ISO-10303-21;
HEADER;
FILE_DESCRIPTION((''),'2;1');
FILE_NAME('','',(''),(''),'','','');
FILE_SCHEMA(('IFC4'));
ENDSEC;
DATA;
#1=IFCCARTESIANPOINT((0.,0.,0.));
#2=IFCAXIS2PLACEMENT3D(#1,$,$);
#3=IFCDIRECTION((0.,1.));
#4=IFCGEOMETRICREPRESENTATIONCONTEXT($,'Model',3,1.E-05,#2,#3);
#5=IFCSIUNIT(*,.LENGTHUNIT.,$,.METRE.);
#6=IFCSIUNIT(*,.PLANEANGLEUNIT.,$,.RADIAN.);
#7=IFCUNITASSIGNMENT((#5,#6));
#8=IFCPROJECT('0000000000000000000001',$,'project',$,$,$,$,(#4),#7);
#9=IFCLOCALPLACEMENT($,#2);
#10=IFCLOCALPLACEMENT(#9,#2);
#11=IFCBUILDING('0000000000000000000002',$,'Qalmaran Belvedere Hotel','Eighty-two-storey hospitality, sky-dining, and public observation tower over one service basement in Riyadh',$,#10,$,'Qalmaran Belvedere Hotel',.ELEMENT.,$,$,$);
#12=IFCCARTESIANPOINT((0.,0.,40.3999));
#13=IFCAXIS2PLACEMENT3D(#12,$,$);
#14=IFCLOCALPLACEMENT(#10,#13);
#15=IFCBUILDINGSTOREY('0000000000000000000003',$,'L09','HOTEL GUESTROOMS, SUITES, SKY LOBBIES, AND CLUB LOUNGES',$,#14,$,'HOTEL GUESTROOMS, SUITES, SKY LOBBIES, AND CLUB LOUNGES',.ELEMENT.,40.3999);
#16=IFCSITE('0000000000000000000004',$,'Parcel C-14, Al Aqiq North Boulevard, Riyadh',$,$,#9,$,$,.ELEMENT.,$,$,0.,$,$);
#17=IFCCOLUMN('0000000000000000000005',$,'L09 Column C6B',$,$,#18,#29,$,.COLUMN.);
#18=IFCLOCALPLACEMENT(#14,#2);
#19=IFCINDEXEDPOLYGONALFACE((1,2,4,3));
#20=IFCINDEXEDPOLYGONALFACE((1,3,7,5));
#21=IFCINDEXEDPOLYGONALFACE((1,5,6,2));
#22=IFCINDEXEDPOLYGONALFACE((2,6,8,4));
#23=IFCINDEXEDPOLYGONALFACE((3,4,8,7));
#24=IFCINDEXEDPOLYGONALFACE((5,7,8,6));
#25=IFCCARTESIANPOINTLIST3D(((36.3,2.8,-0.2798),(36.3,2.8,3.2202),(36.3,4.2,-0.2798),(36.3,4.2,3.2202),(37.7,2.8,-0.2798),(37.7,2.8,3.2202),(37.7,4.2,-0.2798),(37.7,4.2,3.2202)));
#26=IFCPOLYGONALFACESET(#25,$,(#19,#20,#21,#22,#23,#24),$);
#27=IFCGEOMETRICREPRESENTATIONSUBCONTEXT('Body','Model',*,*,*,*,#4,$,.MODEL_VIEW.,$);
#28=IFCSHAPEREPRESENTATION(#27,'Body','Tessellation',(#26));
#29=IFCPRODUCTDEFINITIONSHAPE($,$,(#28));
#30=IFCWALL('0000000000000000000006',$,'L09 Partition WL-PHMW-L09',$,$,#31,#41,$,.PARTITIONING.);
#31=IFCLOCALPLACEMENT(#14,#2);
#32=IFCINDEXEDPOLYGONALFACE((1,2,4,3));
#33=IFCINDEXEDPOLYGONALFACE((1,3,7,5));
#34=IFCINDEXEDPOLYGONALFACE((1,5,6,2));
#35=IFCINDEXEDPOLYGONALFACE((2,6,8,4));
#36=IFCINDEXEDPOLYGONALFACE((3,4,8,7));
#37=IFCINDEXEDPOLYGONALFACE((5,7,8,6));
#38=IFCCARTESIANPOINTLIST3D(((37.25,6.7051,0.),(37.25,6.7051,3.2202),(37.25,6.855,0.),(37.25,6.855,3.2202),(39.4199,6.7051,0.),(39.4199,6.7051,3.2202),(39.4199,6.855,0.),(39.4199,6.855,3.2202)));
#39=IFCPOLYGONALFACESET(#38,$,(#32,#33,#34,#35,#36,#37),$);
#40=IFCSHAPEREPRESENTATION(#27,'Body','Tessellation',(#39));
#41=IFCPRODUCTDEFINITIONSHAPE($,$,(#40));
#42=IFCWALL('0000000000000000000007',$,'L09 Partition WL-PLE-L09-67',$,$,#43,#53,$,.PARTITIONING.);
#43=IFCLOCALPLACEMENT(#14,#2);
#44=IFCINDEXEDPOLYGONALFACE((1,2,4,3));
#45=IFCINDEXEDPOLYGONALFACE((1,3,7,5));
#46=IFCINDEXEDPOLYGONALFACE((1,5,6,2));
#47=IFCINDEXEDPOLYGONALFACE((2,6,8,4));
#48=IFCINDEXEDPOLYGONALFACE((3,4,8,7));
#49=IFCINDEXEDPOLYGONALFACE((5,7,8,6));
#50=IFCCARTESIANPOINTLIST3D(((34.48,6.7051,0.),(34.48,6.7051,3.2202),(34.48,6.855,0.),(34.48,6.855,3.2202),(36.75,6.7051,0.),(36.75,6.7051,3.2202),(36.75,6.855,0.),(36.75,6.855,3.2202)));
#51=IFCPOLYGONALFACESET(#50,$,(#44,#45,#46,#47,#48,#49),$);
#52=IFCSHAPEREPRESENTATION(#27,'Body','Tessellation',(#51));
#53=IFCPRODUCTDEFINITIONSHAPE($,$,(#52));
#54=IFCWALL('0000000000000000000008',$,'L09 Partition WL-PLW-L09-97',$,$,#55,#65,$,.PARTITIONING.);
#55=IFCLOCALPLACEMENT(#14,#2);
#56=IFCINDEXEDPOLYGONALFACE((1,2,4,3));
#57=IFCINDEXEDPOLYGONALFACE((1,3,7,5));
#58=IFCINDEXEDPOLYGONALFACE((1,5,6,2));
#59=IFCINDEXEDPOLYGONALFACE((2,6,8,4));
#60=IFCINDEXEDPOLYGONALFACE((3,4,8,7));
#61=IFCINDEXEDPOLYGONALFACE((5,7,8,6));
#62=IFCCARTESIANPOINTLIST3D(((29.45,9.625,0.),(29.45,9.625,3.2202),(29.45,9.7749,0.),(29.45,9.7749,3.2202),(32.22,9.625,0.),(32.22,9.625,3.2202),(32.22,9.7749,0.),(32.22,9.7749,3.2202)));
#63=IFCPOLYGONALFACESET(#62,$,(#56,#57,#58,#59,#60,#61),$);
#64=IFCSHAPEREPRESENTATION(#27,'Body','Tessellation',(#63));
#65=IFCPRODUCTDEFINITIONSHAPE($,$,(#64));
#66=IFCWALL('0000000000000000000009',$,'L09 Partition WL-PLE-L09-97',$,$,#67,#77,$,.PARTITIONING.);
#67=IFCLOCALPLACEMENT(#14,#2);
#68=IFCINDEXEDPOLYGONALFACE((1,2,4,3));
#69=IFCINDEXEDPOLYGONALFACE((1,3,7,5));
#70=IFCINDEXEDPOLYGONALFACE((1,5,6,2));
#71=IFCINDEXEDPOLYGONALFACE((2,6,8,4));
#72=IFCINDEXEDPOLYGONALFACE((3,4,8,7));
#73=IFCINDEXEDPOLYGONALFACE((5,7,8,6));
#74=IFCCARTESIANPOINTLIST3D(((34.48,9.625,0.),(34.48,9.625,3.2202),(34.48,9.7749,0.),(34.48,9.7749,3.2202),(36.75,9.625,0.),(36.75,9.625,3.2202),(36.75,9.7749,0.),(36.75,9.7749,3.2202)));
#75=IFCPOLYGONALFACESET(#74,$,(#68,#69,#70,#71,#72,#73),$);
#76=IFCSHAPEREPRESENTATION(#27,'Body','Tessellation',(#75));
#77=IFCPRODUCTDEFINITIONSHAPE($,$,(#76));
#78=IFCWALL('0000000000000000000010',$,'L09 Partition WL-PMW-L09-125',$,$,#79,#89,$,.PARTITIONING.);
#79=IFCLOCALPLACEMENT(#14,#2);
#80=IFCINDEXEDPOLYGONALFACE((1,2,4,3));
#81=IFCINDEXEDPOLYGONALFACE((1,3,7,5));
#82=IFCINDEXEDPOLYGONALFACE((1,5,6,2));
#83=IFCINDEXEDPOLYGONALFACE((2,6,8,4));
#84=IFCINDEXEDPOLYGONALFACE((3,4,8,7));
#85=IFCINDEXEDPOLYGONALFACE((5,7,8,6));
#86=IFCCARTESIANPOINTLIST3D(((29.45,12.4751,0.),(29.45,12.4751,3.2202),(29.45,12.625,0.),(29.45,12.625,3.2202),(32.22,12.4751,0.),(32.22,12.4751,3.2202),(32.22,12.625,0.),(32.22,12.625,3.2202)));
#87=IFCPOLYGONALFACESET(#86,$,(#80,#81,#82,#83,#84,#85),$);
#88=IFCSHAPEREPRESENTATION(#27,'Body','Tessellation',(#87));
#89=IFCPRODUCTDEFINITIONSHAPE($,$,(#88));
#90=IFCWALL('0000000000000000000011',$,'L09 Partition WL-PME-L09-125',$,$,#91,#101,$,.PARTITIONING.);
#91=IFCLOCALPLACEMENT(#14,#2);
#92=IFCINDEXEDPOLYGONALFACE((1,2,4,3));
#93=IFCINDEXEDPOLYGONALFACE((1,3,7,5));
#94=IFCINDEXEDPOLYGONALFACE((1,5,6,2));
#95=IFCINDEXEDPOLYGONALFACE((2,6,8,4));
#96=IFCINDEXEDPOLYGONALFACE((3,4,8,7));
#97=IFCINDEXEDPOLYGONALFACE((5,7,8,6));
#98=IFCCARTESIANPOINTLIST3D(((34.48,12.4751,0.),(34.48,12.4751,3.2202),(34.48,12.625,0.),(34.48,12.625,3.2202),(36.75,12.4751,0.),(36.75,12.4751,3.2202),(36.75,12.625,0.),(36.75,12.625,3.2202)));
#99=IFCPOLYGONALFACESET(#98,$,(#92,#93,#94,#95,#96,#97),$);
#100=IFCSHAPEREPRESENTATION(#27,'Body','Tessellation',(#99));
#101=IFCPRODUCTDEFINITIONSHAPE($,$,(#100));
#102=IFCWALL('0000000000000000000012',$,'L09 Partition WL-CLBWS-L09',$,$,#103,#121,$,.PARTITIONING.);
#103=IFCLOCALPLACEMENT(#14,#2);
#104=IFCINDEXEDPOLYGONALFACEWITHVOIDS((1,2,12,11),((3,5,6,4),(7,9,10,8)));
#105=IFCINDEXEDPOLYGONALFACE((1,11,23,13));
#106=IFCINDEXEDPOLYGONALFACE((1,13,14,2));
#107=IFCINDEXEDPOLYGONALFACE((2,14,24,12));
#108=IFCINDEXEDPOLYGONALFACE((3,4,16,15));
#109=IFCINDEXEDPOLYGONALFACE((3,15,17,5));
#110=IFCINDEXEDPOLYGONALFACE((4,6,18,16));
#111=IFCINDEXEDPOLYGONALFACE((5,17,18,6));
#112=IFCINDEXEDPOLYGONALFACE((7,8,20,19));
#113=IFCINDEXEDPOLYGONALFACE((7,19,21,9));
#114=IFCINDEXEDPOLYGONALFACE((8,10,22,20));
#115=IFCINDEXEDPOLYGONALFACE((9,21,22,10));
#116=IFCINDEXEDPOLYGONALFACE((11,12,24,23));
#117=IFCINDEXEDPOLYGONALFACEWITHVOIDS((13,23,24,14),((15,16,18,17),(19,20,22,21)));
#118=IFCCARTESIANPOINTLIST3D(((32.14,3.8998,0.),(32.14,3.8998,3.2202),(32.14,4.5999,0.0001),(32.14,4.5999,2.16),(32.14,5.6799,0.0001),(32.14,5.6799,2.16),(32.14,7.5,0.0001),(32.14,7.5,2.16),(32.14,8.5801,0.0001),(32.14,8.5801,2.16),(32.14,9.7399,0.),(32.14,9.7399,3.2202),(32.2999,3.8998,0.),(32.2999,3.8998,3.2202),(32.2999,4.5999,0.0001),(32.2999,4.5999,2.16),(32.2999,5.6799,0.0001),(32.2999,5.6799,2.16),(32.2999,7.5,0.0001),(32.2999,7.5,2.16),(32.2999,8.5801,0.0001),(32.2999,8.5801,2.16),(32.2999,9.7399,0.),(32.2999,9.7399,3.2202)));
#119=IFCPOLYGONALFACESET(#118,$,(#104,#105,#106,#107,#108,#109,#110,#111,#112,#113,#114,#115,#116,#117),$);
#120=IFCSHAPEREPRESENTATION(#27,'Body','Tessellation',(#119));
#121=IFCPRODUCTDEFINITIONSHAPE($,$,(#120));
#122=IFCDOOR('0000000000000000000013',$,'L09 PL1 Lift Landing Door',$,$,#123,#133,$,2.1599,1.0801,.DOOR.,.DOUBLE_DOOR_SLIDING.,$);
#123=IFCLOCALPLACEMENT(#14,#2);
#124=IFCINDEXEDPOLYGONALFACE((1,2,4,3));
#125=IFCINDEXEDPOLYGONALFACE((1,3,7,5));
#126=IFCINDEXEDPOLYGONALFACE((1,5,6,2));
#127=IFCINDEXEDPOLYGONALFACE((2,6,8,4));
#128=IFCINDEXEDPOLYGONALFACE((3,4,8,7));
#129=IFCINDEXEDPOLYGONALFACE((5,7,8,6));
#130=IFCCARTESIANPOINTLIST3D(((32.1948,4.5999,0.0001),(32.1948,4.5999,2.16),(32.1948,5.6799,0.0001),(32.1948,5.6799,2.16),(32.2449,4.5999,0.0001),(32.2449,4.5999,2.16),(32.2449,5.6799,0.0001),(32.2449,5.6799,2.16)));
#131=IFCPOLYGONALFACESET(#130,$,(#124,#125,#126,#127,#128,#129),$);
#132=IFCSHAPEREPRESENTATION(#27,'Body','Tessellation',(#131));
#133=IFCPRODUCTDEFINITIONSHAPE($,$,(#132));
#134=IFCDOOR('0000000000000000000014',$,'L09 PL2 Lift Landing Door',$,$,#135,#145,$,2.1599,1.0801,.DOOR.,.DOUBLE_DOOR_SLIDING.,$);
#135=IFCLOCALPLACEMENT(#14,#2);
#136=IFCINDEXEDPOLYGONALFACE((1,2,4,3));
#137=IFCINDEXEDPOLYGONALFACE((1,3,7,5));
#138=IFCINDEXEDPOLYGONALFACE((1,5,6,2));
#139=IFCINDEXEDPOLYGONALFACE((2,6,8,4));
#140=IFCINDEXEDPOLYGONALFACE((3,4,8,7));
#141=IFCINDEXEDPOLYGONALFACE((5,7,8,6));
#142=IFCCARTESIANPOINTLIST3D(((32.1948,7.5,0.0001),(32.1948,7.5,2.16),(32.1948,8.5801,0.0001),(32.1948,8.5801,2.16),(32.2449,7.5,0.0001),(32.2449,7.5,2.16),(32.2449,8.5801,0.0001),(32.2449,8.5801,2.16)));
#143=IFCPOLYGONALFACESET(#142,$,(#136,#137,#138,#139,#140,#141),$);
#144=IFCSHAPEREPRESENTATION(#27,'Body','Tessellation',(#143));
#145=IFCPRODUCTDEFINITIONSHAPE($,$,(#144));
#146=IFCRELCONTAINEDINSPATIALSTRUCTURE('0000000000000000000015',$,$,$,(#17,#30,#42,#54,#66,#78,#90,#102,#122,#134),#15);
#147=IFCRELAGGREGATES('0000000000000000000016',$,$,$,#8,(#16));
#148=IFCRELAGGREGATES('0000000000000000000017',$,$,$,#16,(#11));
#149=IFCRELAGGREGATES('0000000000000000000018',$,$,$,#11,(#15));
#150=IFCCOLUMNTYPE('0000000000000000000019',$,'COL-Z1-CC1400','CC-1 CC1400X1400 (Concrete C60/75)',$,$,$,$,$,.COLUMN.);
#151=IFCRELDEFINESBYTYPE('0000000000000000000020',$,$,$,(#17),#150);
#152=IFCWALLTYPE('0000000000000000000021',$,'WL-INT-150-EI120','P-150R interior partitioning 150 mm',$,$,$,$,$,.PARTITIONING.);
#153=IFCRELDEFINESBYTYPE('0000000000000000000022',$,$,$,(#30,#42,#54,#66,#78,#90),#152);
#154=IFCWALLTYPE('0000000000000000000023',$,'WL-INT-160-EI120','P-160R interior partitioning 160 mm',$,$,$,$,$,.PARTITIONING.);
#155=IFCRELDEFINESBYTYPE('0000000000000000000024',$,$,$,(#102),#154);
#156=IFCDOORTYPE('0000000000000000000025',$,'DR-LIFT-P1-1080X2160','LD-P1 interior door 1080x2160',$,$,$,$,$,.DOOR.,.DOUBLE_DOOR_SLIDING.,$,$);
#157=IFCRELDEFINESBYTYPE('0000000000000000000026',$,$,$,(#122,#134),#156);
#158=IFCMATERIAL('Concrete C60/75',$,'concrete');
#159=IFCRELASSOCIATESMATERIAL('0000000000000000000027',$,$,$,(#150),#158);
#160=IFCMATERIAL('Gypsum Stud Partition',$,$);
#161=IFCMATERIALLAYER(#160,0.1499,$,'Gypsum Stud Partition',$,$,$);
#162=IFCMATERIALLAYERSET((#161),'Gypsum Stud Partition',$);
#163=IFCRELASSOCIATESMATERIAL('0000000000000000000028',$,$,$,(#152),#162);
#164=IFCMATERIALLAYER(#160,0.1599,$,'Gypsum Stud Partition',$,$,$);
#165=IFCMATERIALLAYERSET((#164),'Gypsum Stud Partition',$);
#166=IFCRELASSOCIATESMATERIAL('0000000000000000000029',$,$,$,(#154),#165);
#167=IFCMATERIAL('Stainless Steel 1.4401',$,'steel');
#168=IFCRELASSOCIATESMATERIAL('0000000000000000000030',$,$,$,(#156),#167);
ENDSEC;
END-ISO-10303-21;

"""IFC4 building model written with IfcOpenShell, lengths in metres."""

from ifc_helpers import new_model, si_unit, direction, frame, frame_2d, origin, origin_2d, place, context, subcontext, project, spatial, rectangle, extrude, material, layer, layer_set, material_profile, profile_set, type_object, element, fill, save


model = new_model("IFC4")

# Units and contexts
model_context = context("Model", 3, precision=1e-05, world=origin(), true_north=direction((0.0, 1.0)))
body_context = subcontext(model_context, "Body", "Model", "MODEL_VIEW")
ifc_project = project(units=[si_unit("LENGTHUNIT", "METRE"), si_unit("PLANEANGLEUNIT", "RADIAN")], contexts=[model_context])

# Site, building, storey
site_placement = place(None, origin())
site = spatial("IfcSite", under=ifc_project, at=site_placement, Name="Parcel C-14, Al Aqiq North Boulevard, Riyadh", CompositionType="ELEMENT", RefElevation=0.0)
building_placement = place(site_placement, origin())
building = spatial("IfcBuilding", under=site, at=building_placement, Name="Qalmaran Belvedere Hotel", Description="Eighty-two-storey hospitality, sky-dining, and public observation tower over one service basement in Riyadh", LongName="Qalmaran Belvedere Hotel", CompositionType="ELEMENT")
storey_placement = place(building_placement, frame((0.0, 0.0, 40.3999)))
storey = spatial("IfcBuildingStorey", under=building, at=storey_placement, Name="L09", Description="HOTEL GUESTROOMS, SUITES, SKY LOBBIES, AND CLUB LOUNGES", LongName="HOTEL GUESTROOMS, SUITES, SKY LOBBIES, AND CLUB LOUNGES", CompositionType="ELEMENT", Elevation=40.3999)

# Column
ifc_material_1 = material(Name="Concrete C60/75", Category="concrete")
ifc_material_profile = material_profile(ifc_material_1, rectangle(XDim=1.3999, YDim=1.3999, at=origin_2d()), Name="CC1400X1400")
ifc_profile_set = profile_set([ifc_material_profile], Name="Concrete C60/75")
column_type = type_object("IfcColumnType", Name="COL-Z1-CC1400", Description="CC-1 CC1400X1400 (Concrete C60/75)", PredefinedType="COLUMN", material=ifc_profile_set)
column_placement = place(storey_placement, frame((37.0, 3.5, -0.2798), z_axis=(0.0, 0.0, 1.0), x_axis=(1.0, 0.0, 0.0)))
element("IfcColumn", 1, at=column_placement, inside=storey, type_object=column_type, Name="L09 Column C6B", PredefinedType="COLUMN", context=body_context, shape_type="SweptSolid", body=[
    extrude(rectangle(XDim=1.3999, YDim=1.3999, at=origin_2d()), origin(), (0.0, 0.0, 1.0), 3.5),
])

# Walls
ifc_material_2 = material(Name="Gypsum Stud Partition")
ifc_layer_1 = layer(ifc_material_2, 0.1499, Name="Gypsum Stud Partition")
ifc_layer_set_1 = layer_set([ifc_layer_1], Name="Gypsum Stud Partition")
wall_type_1 = type_object("IfcWallType", Name="WL-INT-150-EI120", Description="P-150R interior partitioning 150 mm", PredefinedType="PARTITIONING", material=ifc_layer_set_1)
wall_1_placement = place(storey_placement, frame((37.25, 6.78, 0.0), z_axis=(0.0, 0.0, 1.0), x_axis=(1.0, 0.0, 0.0)))
element("IfcWall", 2, at=wall_1_placement, inside=storey, type_object=wall_type_1, Name="L09 Partition WL-PHMW-L09", PredefinedType="PARTITIONING", context=body_context, shape_type="SweptSolid", body=[
    extrude(rectangle(XDim=2.1699, YDim=0.1499, at=frame_2d((1.085, 0.0))), origin(), (0.0, 0.0, 1.0), 3.2202),
])
wall_2_placement = place(storey_placement, frame((34.48, 6.78, 0.0), z_axis=(0.0, 0.0, 1.0), x_axis=(1.0, 0.0, 0.0)))
element("IfcWall", 3, at=wall_2_placement, inside=storey, type_object=wall_type_1, Name="L09 Partition WL-PLE-L09-67", PredefinedType="PARTITIONING", context=body_context, shape_type="SweptSolid", body=[
    extrude(rectangle(XDim=2.27, YDim=0.1499, at=frame_2d((1.135, 0.0))), origin(), (0.0, 0.0, 1.0), 3.2202),
])
wall_3_placement = place(storey_placement, frame((29.45, 9.7, 0.0), z_axis=(0.0, 0.0, 1.0), x_axis=(1.0, 0.0, 0.0)))
element("IfcWall", 4, at=wall_3_placement, inside=storey, type_object=wall_type_1, Name="L09 Partition WL-PLW-L09-97", PredefinedType="PARTITIONING", context=body_context, shape_type="SweptSolid", body=[
    extrude(rectangle(XDim=2.77, YDim=0.1499, at=frame_2d((1.385, 0.0))), origin(), (0.0, 0.0, 1.0), 3.2202),
])
wall_4_placement = place(storey_placement, frame((34.48, 9.7, 0.0), z_axis=(0.0, 0.0, 1.0), x_axis=(1.0, 0.0, 0.0)))
element("IfcWall", 5, at=wall_4_placement, inside=storey, type_object=wall_type_1, Name="L09 Partition WL-PLE-L09-97", PredefinedType="PARTITIONING", context=body_context, shape_type="SweptSolid", body=[
    extrude(rectangle(XDim=2.27, YDim=0.1499, at=frame_2d((1.135, 0.0))), origin(), (0.0, 0.0, 1.0), 3.2202),
])
wall_5_placement = place(storey_placement, frame((29.45, 12.55, 0.0), z_axis=(0.0, 0.0, 1.0), x_axis=(1.0, 0.0, 0.0)))
element("IfcWall", 6, at=wall_5_placement, inside=storey, type_object=wall_type_1, Name="L09 Partition WL-PMW-L09-125", PredefinedType="PARTITIONING", context=body_context, shape_type="SweptSolid", body=[
    extrude(rectangle(XDim=2.77, YDim=0.1499, at=frame_2d((1.385, 0.0))), origin(), (0.0, 0.0, 1.0), 3.2202),
])
wall_6_placement = place(storey_placement, frame((34.48, 12.55, 0.0), z_axis=(0.0, 0.0, 1.0), x_axis=(1.0, 0.0, 0.0)))
element("IfcWall", 7, at=wall_6_placement, inside=storey, type_object=wall_type_1, Name="L09 Partition WL-PME-L09-125", PredefinedType="PARTITIONING", context=body_context, shape_type="SweptSolid", body=[
    extrude(rectangle(XDim=2.27, YDim=0.1499, at=frame_2d((1.135, 0.0))), origin(), (0.0, 0.0, 1.0), 3.2202),
])

# Wall, openings, doors
ifc_layer_2 = layer(ifc_material_2, 0.1599, Name="Gypsum Stud Partition")
ifc_layer_set_2 = layer_set([ifc_layer_2], Name="Gypsum Stud Partition")
wall_type_2 = type_object("IfcWallType", Name="WL-INT-160-EI120", Description="P-160R interior partitioning 160 mm", PredefinedType="PARTITIONING", material=ifc_layer_set_2)
wall_7_placement = place(storey_placement, frame((32.22, 3.8999, 0.0), z_axis=(0.0, 0.0, 1.0), x_axis=(0.0, 1.0, 0.0)))
wall_7 = element("IfcWall", 8, at=wall_7_placement, inside=storey, type_object=wall_type_2, Name="L09 Partition WL-CLBWS-L09", PredefinedType="PARTITIONING", context=body_context, shape_type="SweptSolid", body=[
    extrude(rectangle(XDim=5.8401, YDim=0.1599, at=frame_2d((2.9199, 0.0))), origin(), (0.0, 0.0, 1.0), 3.2202),
])
opening_1_placement = place(wall_7_placement, frame((1.78, 0.0, 0.0), z_axis=(0.0, 0.0, 1.0), x_axis=(-1.0, 0.0, 0.0)))
opening_1 = element("IfcOpeningElement", 9, at=opening_1_placement, cuts=wall_7, PredefinedType="OPENING", context=body_context, shape_type="SweptSolid", body=[
    extrude(rectangle(XDim=1.0801, YDim=2.1599, at=frame_2d((0.54, 1.0801))), frame((0.0, 0.0898, 0.0), z_axis=(0.0, -1.0, 0.0), x_axis=(1.0, 0.0, 0.0)), (0.0, 0.0, 1.0), 0.1799),
])
opening_2_placement = place(wall_7_placement, frame((4.6802, 0.0, 0.0), z_axis=(0.0, 0.0, 1.0), x_axis=(-1.0, 0.0, 0.0)))
opening_2 = element("IfcOpeningElement", 10, at=opening_2_placement, cuts=wall_7, PredefinedType="OPENING", context=body_context, shape_type="SweptSolid", body=[
    extrude(rectangle(XDim=1.0801, YDim=2.1599, at=frame_2d((0.54, 1.0801))), frame((0.0, 0.0898, 0.0), z_axis=(0.0, -1.0, 0.0), x_axis=(1.0, 0.0, 0.0)), (0.0, 0.0, 1.0), 0.1799),
])
ifc_material_3 = material(Name="Stainless Steel 1.4401", Category="steel")
door_type_1 = type_object("IfcDoorType", Name="DR-LIFT-P1-1080X2160", Description="LD-P1 interior door 1080x2160", OperationType="DOUBLE_DOOR_SLIDING", PredefinedType="DOOR", material=ifc_material_3)
door_1_placement = place(opening_1_placement, origin())
door_1 = element("IfcDoor", 11, at=door_1_placement, inside=storey, type_object=door_type_1, Name="L09 PL1 Lift Landing Door", OperationType="DOUBLE_DOOR_SLIDING", OverallHeight=2.1599, OverallWidth=1.0801, PredefinedType="DOOR", context=body_context, shape_type="SweptSolid", body=[
    extrude(rectangle(XDim=1.0801, YDim=2.1599, at=frame_2d((0.54, 1.0801))), frame((0.0, 0.0249, 0.0), z_axis=(0.0, -1.0, 0.0), x_axis=(1.0, 0.0, 0.0)), (0.0, 0.0, 1.0), 0.05),
])
fill(opening_1, door_1)
door_2_placement = place(opening_2_placement, origin())
door_2 = element("IfcDoor", 12, at=door_2_placement, inside=storey, type_object=door_type_1, Name="L09 PL2 Lift Landing Door", OperationType="DOUBLE_DOOR_SLIDING", OverallHeight=2.1599, OverallWidth=1.0801, PredefinedType="DOOR", context=body_context, shape_type="SweptSolid", body=[
    extrude(rectangle(XDim=1.0801, YDim=2.1599, at=frame_2d((0.54, 1.0801))), frame((0.0, 0.0249, 0.0), z_axis=(0.0, -1.0, 0.0), x_axis=(1.0, 0.0, 0.0)), (0.0, 0.0, 1.0), 0.05),
])
fill(opening_2, door_2)

save(model, "model.ifc")
